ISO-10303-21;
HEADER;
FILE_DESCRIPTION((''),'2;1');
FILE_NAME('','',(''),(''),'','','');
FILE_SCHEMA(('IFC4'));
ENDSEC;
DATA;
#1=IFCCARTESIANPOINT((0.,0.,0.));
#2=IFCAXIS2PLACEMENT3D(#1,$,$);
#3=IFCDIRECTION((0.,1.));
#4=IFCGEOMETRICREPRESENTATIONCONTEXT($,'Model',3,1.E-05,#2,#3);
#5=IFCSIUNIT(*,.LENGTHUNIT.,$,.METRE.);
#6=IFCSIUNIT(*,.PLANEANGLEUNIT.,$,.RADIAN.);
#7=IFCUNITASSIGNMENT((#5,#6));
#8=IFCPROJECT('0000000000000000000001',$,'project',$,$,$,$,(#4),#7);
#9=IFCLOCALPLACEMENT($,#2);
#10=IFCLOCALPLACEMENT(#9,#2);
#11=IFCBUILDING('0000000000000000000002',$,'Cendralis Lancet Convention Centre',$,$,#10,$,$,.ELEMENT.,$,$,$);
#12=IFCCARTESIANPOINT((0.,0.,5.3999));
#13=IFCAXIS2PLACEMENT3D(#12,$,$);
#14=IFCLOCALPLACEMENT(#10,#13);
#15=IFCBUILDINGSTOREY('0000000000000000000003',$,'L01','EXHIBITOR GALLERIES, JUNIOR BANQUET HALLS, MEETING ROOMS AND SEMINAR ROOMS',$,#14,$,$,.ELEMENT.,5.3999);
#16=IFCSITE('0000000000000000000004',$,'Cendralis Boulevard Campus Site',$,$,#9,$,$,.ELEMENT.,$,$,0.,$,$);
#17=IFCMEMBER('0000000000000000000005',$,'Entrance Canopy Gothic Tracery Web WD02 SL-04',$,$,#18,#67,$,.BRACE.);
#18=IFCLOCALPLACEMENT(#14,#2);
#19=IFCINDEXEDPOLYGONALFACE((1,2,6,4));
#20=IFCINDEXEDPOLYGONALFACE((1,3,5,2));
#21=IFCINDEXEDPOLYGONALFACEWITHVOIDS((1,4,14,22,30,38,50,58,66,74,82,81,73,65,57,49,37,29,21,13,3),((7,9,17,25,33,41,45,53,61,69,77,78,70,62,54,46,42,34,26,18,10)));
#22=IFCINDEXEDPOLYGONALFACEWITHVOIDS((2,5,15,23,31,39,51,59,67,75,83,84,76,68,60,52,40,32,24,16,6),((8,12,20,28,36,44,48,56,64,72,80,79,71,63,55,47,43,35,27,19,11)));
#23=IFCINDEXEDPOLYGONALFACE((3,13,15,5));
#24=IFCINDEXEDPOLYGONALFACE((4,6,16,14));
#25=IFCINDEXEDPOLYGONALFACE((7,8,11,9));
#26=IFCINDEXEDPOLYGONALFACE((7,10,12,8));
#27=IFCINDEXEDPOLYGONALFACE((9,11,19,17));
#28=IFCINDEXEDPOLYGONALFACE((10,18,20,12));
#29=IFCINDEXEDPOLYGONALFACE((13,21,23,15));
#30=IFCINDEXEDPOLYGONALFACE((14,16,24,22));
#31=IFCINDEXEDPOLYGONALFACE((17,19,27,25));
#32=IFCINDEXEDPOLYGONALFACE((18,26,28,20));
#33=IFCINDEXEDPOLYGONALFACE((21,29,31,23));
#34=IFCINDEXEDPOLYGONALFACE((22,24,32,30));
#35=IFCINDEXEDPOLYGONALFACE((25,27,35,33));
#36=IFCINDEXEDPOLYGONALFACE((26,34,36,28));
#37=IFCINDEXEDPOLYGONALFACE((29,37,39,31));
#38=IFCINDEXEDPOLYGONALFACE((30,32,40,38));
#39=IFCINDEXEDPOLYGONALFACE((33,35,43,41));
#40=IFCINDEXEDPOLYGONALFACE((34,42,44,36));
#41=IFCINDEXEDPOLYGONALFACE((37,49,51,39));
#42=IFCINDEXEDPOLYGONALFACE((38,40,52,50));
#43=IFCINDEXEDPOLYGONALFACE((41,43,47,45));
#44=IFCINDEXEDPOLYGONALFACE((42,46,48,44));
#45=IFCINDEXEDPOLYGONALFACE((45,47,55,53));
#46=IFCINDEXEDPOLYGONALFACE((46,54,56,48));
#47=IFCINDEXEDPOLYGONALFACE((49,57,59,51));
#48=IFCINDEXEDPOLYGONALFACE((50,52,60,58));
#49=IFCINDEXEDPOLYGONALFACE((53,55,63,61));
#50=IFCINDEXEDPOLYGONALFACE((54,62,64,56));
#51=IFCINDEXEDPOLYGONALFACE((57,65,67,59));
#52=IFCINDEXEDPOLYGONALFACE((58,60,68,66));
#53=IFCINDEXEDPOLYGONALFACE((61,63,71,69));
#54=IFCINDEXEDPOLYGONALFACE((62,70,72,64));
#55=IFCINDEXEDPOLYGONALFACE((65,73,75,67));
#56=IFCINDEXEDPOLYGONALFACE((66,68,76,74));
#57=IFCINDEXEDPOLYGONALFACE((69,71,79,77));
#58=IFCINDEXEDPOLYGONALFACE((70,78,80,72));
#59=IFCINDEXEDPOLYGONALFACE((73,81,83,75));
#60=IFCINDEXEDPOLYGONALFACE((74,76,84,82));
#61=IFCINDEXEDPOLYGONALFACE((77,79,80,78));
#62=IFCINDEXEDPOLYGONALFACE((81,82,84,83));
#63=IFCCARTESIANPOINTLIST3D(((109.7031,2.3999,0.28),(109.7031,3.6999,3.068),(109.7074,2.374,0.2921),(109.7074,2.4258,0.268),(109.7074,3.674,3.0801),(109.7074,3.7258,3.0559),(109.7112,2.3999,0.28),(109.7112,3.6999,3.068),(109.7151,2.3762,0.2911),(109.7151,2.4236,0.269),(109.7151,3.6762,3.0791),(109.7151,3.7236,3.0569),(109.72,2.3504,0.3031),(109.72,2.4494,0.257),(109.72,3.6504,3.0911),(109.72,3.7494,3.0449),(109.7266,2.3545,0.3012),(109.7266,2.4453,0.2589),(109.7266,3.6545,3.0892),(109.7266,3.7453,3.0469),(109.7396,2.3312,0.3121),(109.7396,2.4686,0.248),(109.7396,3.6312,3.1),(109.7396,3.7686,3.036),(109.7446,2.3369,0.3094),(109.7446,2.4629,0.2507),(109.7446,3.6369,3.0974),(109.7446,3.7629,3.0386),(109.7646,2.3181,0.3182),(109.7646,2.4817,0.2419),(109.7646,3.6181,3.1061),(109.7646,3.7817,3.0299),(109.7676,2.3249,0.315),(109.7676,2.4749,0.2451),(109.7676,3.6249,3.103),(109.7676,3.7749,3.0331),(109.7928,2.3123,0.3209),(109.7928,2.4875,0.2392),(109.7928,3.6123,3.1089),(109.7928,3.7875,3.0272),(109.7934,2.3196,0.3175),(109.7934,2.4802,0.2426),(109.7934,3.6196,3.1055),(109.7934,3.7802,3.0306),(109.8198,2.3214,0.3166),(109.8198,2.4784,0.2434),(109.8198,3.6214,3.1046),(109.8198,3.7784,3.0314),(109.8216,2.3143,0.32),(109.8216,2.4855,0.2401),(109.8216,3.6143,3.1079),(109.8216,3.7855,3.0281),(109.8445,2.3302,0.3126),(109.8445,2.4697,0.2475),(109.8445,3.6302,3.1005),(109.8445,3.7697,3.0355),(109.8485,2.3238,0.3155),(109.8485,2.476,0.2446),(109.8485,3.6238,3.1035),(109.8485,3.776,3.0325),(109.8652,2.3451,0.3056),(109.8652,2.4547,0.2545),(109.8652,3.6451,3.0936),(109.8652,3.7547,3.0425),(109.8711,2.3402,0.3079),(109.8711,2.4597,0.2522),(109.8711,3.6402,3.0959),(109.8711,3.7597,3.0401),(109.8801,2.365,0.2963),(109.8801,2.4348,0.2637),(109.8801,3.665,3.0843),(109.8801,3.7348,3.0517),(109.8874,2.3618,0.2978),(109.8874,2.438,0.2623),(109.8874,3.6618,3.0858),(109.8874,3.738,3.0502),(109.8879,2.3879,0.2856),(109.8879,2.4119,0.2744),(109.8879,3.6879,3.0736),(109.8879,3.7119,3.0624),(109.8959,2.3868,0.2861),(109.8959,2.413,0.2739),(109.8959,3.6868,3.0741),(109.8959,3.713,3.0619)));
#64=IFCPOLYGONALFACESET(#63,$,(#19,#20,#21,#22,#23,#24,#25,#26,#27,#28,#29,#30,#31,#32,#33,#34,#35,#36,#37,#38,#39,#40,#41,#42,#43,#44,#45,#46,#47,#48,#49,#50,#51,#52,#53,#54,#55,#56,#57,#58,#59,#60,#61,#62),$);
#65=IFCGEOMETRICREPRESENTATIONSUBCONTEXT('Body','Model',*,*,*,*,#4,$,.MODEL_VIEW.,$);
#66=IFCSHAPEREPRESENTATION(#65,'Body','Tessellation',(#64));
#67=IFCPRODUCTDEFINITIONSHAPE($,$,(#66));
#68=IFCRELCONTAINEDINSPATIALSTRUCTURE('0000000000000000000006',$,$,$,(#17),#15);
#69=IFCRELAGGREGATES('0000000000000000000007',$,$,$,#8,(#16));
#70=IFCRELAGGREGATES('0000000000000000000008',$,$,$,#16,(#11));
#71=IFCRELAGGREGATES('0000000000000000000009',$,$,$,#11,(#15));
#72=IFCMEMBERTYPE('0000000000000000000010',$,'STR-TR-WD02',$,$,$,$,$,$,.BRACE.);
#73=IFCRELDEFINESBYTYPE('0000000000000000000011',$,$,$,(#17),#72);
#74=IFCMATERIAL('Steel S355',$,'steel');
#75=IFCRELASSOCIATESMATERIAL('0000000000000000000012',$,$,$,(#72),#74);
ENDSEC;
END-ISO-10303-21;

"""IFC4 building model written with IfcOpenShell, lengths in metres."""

from ifc_helpers import new_model, si_unit, direction, frame, origin, origin_2d, place, context, subcontext, project, spatial, hollow_circle, extrude, material, material_profile, profile_set, type_object, element, save


model = new_model("IFC4")

# Units and contexts
model_context = context("Model", 3, precision=1e-05, world=origin(), true_north=direction((0.0, 1.0)))
body_context = subcontext(model_context, "Body", "Model", "MODEL_VIEW")
ifc_project = project(units=[si_unit("LENGTHUNIT", "METRE"), si_unit("PLANEANGLEUNIT", "RADIAN")], contexts=[model_context])

# Site, building, storey
site_placement = place(None, origin())
site = spatial("IfcSite", under=ifc_project, at=site_placement, Name="Cendralis Boulevard Campus Site", CompositionType="ELEMENT", RefElevation=0.0)
building_placement = place(site_placement, origin())
building = spatial("IfcBuilding", under=site, at=building_placement, Name="Cendralis Lancet Convention Centre", CompositionType="ELEMENT")
storey_placement = place(building_placement, frame((0.0, 0.0, 5.3999)))
storey = spatial("IfcBuildingStorey", under=building, at=storey_placement, Name="L01", Description="EXHIBITOR GALLERIES, JUNIOR BANQUET HALLS, MEETING ROOMS AND SEMINAR ROOMS", CompositionType="ELEMENT", Elevation=5.3999)

# Member
ifc_material = material(Name="Steel S355", Category="steel")
ifc_material_profile_1 = material_profile(ifc_material, hollow_circle(Radius=0.0969, WallThickness=0.0081, at=origin_2d()), Name="CHS 193.7x8.0")
ifc_profile_set_1 = profile_set([ifc_material_profile_1], Name="Steel S355")
member_type_1 = type_object("IfcMemberType", Name="STR-TR-WD02", PredefinedType="BRACE", material=ifc_profile_set_1)
member_1_placement = place(storey_placement, frame((109.8, 2.3999, 0.28), z_axis=(0.0, 0.422603, 0.906315), x_axis=(-1.0, 0.0, 0.0)))
element("IfcMember", 1, at=member_1_placement, inside=storey, type_object=member_type_1, Name="Entrance Canopy Gothic Tracery Web WD02 SL-04", PredefinedType="BRACE", context=body_context, shape_type="SweptSolid", body=[
    extrude(hollow_circle(Radius=0.0969, WallThickness=0.0081, at=origin_2d()), origin(), (0.0, 0.0, 1.0), 3.0762),
])

save(model, "model.ifc")
